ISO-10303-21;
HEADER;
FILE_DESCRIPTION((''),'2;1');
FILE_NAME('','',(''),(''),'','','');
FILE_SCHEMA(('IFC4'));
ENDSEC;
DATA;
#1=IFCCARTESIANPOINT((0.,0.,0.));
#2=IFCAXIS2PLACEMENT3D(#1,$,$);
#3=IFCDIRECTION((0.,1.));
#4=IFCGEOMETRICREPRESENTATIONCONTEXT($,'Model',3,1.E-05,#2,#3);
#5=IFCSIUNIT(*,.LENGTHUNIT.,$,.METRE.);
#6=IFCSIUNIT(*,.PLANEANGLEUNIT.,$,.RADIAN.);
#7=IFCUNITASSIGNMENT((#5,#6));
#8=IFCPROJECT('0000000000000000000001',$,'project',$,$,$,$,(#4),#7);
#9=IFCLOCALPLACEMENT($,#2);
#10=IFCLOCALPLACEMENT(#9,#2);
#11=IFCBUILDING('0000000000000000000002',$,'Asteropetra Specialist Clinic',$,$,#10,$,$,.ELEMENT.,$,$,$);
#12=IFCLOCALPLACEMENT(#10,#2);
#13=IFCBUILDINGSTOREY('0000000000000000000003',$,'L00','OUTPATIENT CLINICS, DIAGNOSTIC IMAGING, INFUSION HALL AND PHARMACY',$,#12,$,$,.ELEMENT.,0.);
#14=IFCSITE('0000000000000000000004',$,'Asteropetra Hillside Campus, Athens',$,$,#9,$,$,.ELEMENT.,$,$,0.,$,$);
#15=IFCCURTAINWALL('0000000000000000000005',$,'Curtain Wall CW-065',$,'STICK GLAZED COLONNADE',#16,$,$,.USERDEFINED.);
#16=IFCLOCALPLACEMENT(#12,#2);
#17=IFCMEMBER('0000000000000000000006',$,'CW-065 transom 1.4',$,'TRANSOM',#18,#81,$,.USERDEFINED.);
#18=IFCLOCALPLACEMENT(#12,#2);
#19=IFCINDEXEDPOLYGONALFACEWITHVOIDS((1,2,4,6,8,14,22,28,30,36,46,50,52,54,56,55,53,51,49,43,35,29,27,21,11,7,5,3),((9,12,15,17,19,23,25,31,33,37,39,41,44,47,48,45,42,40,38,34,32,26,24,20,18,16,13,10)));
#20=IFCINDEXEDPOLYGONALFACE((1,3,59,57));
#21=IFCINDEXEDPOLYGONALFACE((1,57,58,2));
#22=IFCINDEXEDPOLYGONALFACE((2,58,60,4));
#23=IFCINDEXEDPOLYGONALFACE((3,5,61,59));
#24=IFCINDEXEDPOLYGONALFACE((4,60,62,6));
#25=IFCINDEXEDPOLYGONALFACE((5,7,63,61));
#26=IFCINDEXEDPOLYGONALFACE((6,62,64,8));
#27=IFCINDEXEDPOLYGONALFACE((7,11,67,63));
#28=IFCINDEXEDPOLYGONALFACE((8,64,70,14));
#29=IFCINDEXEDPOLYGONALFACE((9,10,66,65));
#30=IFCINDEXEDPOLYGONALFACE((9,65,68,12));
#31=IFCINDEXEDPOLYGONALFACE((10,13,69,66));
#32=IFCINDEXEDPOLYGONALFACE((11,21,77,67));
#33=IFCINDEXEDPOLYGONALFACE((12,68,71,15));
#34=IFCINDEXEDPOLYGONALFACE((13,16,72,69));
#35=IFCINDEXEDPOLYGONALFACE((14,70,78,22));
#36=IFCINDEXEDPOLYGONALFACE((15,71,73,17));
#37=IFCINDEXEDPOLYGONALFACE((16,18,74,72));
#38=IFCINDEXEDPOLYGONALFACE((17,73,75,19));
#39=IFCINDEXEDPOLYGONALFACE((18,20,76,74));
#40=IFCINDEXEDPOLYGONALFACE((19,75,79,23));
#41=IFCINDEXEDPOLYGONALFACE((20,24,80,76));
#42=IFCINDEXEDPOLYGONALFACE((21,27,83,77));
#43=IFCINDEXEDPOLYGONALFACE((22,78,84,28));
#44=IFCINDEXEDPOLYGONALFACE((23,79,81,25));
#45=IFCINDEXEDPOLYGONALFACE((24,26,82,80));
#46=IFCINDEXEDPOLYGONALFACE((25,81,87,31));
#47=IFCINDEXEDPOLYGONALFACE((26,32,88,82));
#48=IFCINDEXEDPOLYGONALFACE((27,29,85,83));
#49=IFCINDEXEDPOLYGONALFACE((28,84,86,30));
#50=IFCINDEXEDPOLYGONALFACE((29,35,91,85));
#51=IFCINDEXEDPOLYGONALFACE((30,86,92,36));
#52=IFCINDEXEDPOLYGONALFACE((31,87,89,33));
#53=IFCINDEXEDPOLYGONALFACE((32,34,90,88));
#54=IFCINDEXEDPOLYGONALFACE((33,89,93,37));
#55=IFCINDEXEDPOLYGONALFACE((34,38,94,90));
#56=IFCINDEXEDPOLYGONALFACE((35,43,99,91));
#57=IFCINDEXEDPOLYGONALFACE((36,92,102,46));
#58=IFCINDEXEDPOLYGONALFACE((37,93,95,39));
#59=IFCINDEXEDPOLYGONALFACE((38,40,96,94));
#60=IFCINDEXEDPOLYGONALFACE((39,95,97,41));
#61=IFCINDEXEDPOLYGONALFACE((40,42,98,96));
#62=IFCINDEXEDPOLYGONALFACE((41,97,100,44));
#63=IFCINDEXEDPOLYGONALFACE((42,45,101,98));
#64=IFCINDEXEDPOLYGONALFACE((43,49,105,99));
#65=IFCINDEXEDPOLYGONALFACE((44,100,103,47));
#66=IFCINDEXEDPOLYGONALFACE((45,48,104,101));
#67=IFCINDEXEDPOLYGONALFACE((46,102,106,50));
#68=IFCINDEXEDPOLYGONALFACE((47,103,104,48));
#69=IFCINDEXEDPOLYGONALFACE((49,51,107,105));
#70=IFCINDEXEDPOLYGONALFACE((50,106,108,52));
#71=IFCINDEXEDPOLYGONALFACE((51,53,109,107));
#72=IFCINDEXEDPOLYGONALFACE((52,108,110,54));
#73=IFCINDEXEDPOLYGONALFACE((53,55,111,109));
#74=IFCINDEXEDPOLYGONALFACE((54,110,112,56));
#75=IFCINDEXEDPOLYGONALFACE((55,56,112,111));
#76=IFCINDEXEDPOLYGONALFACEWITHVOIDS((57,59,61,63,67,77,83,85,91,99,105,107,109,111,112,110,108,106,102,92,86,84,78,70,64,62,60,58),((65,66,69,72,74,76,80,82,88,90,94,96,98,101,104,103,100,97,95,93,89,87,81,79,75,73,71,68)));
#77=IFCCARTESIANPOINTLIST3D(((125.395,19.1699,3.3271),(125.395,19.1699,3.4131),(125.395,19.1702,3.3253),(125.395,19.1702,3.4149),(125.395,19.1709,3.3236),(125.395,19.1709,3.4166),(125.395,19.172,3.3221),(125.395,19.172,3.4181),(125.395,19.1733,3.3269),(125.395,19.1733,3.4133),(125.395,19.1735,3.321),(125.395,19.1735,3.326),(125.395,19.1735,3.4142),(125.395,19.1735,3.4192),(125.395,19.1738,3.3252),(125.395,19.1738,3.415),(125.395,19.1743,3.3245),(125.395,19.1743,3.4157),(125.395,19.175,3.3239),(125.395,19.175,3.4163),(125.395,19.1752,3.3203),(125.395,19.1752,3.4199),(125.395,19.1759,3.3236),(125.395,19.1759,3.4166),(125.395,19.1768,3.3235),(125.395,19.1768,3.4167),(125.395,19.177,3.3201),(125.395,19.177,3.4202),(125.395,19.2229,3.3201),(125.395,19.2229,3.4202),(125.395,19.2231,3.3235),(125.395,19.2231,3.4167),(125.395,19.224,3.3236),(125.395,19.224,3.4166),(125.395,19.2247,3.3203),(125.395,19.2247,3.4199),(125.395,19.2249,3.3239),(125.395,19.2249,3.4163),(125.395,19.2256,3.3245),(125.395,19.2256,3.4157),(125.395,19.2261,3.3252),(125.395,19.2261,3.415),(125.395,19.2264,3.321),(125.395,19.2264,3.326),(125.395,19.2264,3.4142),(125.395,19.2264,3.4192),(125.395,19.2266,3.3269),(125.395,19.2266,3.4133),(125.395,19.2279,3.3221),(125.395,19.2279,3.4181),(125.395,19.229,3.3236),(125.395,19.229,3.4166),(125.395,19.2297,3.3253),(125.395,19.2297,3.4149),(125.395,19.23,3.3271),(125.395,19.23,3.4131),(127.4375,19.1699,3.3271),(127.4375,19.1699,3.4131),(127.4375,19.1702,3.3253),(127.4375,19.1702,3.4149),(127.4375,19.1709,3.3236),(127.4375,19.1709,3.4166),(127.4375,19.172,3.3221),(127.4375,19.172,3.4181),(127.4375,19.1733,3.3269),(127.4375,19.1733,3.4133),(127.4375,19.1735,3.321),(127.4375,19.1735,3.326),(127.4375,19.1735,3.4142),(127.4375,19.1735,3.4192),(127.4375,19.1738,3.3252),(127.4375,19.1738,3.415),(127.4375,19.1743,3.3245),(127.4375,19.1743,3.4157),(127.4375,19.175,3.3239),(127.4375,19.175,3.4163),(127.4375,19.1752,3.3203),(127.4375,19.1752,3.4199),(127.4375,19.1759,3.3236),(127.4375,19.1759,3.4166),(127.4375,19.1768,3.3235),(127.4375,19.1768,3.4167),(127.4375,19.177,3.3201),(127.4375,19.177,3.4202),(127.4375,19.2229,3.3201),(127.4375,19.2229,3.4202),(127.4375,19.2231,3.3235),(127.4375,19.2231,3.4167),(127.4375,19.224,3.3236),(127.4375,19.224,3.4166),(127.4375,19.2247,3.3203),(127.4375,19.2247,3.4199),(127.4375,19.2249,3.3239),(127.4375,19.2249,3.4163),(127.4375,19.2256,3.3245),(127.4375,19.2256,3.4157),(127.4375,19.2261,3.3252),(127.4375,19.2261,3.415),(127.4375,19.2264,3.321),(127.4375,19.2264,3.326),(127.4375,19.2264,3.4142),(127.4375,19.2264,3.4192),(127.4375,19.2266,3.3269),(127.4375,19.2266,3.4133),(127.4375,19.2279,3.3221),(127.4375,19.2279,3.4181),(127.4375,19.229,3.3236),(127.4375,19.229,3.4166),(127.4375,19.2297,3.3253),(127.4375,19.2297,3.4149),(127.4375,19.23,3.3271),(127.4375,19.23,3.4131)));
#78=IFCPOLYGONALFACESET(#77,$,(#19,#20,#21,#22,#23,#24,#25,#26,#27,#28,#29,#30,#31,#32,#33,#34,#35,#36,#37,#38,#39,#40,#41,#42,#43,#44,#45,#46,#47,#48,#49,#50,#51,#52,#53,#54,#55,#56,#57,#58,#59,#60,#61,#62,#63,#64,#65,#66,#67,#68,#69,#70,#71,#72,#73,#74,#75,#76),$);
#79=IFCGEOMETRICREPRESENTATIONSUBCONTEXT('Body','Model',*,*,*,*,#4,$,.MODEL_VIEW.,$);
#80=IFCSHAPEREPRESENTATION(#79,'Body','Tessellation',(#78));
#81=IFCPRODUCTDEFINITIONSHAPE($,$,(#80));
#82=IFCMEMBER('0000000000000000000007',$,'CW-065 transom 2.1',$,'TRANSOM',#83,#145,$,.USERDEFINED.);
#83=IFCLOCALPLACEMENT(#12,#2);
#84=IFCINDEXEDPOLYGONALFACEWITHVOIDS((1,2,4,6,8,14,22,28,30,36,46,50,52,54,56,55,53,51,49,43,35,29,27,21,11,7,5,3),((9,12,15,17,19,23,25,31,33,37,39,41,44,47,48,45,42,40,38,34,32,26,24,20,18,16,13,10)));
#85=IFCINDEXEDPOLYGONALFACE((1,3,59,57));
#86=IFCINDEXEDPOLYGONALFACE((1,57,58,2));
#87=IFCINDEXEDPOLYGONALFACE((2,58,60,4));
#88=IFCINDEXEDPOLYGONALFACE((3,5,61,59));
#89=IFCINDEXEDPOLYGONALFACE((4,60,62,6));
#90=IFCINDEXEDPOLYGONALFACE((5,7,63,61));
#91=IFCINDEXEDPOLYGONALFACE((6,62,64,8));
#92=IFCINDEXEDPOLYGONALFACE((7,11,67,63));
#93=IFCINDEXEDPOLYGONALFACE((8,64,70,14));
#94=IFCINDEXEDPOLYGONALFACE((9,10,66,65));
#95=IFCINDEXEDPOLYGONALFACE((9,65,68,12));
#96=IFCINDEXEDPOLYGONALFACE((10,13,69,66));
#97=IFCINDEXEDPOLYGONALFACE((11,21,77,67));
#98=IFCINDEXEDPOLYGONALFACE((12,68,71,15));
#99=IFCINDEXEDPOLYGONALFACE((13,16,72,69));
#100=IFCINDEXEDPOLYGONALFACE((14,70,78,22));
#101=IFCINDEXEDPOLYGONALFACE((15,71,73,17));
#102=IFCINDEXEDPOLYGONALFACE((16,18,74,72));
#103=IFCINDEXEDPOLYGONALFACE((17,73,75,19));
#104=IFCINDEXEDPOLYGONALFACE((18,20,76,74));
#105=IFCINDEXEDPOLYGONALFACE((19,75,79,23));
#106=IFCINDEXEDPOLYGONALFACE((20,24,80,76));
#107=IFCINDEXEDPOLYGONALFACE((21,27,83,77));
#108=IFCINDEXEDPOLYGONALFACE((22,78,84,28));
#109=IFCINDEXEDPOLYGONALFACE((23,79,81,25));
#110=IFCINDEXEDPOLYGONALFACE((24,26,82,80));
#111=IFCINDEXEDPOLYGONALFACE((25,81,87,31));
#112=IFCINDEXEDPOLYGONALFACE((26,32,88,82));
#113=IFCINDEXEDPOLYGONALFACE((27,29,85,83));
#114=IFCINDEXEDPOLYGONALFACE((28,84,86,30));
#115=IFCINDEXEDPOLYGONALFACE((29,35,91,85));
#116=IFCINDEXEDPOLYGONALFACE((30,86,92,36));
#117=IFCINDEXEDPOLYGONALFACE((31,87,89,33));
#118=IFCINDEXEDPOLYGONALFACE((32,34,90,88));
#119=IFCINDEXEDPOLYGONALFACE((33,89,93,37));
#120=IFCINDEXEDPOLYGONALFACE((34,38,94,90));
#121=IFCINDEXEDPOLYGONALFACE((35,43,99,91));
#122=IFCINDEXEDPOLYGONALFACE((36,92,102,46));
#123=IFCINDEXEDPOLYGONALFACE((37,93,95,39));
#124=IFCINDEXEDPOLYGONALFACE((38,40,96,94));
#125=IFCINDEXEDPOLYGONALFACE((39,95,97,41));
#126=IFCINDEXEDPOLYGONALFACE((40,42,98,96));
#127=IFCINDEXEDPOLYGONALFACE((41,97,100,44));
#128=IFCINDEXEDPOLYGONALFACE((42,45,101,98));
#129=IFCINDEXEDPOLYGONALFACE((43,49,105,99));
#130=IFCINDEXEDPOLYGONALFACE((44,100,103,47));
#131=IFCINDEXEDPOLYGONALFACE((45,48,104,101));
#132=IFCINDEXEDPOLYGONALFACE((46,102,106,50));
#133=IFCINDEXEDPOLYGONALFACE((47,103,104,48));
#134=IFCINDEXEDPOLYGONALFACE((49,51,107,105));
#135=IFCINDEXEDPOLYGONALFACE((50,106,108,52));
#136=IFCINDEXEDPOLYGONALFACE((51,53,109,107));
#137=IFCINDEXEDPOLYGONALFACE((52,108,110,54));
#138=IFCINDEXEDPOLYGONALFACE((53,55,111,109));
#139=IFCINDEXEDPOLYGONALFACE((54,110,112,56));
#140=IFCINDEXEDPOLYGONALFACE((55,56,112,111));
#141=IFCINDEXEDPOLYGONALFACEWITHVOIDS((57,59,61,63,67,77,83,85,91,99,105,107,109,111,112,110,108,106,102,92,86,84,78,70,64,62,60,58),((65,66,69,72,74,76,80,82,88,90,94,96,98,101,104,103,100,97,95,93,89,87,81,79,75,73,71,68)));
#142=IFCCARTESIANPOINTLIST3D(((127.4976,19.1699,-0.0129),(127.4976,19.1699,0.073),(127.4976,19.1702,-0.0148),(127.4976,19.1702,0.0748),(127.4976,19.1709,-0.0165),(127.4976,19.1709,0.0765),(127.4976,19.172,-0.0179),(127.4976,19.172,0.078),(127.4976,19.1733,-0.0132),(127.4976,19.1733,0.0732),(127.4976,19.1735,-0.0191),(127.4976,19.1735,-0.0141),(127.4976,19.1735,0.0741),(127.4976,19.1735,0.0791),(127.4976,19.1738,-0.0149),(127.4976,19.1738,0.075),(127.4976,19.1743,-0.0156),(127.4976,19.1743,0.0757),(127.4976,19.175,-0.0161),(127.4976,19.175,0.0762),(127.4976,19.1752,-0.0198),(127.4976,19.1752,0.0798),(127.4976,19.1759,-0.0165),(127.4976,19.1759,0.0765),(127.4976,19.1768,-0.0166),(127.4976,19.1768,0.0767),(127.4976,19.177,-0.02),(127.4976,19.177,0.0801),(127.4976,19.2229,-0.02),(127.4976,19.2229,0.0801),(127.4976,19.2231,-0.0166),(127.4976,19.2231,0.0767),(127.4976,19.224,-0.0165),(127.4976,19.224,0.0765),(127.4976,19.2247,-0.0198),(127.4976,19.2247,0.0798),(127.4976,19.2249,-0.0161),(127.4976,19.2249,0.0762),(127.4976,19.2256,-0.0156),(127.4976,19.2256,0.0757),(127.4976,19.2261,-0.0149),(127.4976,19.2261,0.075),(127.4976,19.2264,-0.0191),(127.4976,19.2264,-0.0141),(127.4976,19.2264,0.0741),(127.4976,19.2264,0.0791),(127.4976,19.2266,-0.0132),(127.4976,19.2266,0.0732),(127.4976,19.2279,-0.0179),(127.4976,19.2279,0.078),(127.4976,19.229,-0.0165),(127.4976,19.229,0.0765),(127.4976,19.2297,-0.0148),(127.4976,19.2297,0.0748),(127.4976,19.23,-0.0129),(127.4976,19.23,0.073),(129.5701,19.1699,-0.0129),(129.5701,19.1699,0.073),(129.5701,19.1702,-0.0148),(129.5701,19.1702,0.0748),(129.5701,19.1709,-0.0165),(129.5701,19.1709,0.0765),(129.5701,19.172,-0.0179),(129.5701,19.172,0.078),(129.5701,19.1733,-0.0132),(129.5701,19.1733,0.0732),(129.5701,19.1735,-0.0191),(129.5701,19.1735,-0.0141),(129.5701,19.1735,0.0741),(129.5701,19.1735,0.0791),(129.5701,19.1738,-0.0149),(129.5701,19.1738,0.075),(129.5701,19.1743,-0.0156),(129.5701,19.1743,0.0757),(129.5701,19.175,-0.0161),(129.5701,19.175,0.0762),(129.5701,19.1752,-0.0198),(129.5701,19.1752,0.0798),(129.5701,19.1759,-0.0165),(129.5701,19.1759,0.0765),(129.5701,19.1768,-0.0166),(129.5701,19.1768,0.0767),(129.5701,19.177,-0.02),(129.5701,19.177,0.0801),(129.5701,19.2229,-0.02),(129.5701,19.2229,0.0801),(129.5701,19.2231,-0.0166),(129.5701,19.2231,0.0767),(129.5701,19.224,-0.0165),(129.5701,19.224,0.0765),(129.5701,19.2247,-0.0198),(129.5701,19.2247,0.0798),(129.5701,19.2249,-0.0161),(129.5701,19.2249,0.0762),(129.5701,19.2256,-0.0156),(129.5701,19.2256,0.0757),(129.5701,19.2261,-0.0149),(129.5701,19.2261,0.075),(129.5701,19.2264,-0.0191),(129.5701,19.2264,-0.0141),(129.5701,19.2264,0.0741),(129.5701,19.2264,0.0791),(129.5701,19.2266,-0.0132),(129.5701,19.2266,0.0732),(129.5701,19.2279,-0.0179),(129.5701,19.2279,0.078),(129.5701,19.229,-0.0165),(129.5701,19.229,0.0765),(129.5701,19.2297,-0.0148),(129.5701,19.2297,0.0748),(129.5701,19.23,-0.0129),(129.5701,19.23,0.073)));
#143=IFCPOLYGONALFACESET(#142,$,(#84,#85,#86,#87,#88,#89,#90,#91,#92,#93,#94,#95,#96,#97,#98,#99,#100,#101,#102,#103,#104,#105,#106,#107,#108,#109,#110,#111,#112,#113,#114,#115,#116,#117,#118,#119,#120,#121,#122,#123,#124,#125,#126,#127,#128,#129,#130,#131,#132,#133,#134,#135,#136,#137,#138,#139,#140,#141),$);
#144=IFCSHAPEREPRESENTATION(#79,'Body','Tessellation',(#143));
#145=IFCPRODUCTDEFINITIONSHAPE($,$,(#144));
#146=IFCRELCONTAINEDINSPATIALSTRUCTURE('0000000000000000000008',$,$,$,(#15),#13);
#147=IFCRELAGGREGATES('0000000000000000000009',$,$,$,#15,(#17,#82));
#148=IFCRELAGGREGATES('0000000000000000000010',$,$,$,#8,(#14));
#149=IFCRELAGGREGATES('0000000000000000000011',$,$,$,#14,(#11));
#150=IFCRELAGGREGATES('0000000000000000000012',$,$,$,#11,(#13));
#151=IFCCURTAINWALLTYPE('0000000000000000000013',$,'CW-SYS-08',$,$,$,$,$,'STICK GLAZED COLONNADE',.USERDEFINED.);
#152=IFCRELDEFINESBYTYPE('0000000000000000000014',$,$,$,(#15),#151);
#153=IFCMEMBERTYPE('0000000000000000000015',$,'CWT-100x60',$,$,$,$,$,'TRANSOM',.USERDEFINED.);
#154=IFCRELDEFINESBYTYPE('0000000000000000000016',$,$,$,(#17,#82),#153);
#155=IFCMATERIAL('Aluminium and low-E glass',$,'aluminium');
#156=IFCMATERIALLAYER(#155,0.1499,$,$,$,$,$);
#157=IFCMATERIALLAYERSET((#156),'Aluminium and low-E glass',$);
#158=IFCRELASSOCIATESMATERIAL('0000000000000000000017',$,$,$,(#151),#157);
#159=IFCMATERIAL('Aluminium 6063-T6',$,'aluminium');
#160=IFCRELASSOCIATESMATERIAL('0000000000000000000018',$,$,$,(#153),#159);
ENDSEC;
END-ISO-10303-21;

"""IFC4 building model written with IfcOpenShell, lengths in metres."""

from ifc_helpers import new_model, si_unit, direction, frame, origin, origin_2d, place, context, subcontext, project, spatial, hollow_rectangle, extrude, material, layer, layer_set, material_profile, profile_set, type_object, element, aggregate, save


model = new_model("IFC4")

# Units and contexts
model_context = context("Model", 3, precision=1e-05, world=origin(), true_north=direction((0.0, 1.0)))
body_context = subcontext(model_context, "Body", "Model", "MODEL_VIEW")
ifc_project = project(units=[si_unit("LENGTHUNIT", "METRE"), si_unit("PLANEANGLEUNIT", "RADIAN")], contexts=[model_context])

# Site, building, storey
site_placement = place(None, origin())
site = spatial("IfcSite", under=ifc_project, at=site_placement, Name="Asteropetra Hillside Campus, Athens", CompositionType="ELEMENT", RefElevation=0.0)
building_placement = place(site_placement, origin())
building = spatial("IfcBuilding", under=site, at=building_placement, Name="Asteropetra Specialist Clinic", CompositionType="ELEMENT")
storey_placement = place(building_placement, origin())
storey = spatial("IfcBuildingStorey", under=building, at=storey_placement, Name="L00", Description="OUTPATIENT CLINICS, DIAGNOSTIC IMAGING, INFUSION HALL AND PHARMACY", CompositionType="ELEMENT", Elevation=0.0)

# Curtain wall, members
ifc_material_1 = material(Name="Aluminium and low-E glass", Category="aluminium")
ifc_layer_1 = layer(ifc_material_1, 0.1499)
ifc_layer_set_1 = layer_set([ifc_layer_1], Name="Aluminium and low-E glass")
curtain_wall_type = type_object("IfcCurtainWallType", Name="CW-SYS-08", ElementType="STICK GLAZED COLONNADE", PredefinedType="USERDEFINED", material=ifc_layer_set_1)
curtain_wall_placement = place(storey_placement, origin())
curtain_wall = element("IfcCurtainWall", 1, at=curtain_wall_placement, inside=storey, type_object=curtain_wall_type, Name="Curtain Wall CW-065", ObjectType="STICK GLAZED COLONNADE", PredefinedType="USERDEFINED")
ifc_material_2 = material(Name="Aluminium 6063-T6", Category="aluminium")
ifc_material_profile_1 = material_profile(ifc_material_2, hollow_rectangle(XDim=0.0601, YDim=0.1001, WallThickness=0.0034, InnerFilletRadius=0.0034, OuterFilletRadius=0.0071, at=origin_2d()), Name="TRN 100x60x3.5")
ifc_profile_set_1 = profile_set([ifc_material_profile_1], Name="Aluminium 6063-T6")
member_type_1 = type_object("IfcMemberType", Name="CWT-100x60", ElementType="TRANSOM", PredefinedType="USERDEFINED", material=ifc_profile_set_1)
member_1_placement = place(storey_placement, frame((125.395, 19.2, 3.3701), z_axis=(1.0, 0.0, 0.0), x_axis=(0.0, 1.0, 0.0)))
member_1 = element("IfcMember", 2, at=member_1_placement, type_object=member_type_1, Name="CW-065 transom 1.4", ObjectType="TRANSOM", PredefinedType="USERDEFINED", context=body_context, shape_type="SweptSolid", body=[
    extrude(hollow_rectangle(XDim=0.0601, YDim=0.1001, WallThickness=0.0034, InnerFilletRadius=0.0034, OuterFilletRadius=0.0071, at=origin_2d()), origin(), (0.0, 0.0, 1.0), 2.0425),
])
member_2_placement = place(storey_placement, frame((127.4976, 19.2, 0.03), z_axis=(1.0, 0.0, 0.0), x_axis=(0.0, 1.0, 0.0)))
member_2 = element("IfcMember", 3, at=member_2_placement, type_object=member_type_1, Name="CW-065 transom 2.1", ObjectType="TRANSOM", PredefinedType="USERDEFINED", context=body_context, shape_type="SweptSolid", body=[
    extrude(hollow_rectangle(XDim=0.0601, YDim=0.1001, WallThickness=0.0034, InnerFilletRadius=0.0034, OuterFilletRadius=0.0071, at=origin_2d()), origin(), (0.0, 0.0, 1.0), 2.0725),
])
aggregate(curtain_wall, [member_1, member_2])

save(model, "model.ifc")
